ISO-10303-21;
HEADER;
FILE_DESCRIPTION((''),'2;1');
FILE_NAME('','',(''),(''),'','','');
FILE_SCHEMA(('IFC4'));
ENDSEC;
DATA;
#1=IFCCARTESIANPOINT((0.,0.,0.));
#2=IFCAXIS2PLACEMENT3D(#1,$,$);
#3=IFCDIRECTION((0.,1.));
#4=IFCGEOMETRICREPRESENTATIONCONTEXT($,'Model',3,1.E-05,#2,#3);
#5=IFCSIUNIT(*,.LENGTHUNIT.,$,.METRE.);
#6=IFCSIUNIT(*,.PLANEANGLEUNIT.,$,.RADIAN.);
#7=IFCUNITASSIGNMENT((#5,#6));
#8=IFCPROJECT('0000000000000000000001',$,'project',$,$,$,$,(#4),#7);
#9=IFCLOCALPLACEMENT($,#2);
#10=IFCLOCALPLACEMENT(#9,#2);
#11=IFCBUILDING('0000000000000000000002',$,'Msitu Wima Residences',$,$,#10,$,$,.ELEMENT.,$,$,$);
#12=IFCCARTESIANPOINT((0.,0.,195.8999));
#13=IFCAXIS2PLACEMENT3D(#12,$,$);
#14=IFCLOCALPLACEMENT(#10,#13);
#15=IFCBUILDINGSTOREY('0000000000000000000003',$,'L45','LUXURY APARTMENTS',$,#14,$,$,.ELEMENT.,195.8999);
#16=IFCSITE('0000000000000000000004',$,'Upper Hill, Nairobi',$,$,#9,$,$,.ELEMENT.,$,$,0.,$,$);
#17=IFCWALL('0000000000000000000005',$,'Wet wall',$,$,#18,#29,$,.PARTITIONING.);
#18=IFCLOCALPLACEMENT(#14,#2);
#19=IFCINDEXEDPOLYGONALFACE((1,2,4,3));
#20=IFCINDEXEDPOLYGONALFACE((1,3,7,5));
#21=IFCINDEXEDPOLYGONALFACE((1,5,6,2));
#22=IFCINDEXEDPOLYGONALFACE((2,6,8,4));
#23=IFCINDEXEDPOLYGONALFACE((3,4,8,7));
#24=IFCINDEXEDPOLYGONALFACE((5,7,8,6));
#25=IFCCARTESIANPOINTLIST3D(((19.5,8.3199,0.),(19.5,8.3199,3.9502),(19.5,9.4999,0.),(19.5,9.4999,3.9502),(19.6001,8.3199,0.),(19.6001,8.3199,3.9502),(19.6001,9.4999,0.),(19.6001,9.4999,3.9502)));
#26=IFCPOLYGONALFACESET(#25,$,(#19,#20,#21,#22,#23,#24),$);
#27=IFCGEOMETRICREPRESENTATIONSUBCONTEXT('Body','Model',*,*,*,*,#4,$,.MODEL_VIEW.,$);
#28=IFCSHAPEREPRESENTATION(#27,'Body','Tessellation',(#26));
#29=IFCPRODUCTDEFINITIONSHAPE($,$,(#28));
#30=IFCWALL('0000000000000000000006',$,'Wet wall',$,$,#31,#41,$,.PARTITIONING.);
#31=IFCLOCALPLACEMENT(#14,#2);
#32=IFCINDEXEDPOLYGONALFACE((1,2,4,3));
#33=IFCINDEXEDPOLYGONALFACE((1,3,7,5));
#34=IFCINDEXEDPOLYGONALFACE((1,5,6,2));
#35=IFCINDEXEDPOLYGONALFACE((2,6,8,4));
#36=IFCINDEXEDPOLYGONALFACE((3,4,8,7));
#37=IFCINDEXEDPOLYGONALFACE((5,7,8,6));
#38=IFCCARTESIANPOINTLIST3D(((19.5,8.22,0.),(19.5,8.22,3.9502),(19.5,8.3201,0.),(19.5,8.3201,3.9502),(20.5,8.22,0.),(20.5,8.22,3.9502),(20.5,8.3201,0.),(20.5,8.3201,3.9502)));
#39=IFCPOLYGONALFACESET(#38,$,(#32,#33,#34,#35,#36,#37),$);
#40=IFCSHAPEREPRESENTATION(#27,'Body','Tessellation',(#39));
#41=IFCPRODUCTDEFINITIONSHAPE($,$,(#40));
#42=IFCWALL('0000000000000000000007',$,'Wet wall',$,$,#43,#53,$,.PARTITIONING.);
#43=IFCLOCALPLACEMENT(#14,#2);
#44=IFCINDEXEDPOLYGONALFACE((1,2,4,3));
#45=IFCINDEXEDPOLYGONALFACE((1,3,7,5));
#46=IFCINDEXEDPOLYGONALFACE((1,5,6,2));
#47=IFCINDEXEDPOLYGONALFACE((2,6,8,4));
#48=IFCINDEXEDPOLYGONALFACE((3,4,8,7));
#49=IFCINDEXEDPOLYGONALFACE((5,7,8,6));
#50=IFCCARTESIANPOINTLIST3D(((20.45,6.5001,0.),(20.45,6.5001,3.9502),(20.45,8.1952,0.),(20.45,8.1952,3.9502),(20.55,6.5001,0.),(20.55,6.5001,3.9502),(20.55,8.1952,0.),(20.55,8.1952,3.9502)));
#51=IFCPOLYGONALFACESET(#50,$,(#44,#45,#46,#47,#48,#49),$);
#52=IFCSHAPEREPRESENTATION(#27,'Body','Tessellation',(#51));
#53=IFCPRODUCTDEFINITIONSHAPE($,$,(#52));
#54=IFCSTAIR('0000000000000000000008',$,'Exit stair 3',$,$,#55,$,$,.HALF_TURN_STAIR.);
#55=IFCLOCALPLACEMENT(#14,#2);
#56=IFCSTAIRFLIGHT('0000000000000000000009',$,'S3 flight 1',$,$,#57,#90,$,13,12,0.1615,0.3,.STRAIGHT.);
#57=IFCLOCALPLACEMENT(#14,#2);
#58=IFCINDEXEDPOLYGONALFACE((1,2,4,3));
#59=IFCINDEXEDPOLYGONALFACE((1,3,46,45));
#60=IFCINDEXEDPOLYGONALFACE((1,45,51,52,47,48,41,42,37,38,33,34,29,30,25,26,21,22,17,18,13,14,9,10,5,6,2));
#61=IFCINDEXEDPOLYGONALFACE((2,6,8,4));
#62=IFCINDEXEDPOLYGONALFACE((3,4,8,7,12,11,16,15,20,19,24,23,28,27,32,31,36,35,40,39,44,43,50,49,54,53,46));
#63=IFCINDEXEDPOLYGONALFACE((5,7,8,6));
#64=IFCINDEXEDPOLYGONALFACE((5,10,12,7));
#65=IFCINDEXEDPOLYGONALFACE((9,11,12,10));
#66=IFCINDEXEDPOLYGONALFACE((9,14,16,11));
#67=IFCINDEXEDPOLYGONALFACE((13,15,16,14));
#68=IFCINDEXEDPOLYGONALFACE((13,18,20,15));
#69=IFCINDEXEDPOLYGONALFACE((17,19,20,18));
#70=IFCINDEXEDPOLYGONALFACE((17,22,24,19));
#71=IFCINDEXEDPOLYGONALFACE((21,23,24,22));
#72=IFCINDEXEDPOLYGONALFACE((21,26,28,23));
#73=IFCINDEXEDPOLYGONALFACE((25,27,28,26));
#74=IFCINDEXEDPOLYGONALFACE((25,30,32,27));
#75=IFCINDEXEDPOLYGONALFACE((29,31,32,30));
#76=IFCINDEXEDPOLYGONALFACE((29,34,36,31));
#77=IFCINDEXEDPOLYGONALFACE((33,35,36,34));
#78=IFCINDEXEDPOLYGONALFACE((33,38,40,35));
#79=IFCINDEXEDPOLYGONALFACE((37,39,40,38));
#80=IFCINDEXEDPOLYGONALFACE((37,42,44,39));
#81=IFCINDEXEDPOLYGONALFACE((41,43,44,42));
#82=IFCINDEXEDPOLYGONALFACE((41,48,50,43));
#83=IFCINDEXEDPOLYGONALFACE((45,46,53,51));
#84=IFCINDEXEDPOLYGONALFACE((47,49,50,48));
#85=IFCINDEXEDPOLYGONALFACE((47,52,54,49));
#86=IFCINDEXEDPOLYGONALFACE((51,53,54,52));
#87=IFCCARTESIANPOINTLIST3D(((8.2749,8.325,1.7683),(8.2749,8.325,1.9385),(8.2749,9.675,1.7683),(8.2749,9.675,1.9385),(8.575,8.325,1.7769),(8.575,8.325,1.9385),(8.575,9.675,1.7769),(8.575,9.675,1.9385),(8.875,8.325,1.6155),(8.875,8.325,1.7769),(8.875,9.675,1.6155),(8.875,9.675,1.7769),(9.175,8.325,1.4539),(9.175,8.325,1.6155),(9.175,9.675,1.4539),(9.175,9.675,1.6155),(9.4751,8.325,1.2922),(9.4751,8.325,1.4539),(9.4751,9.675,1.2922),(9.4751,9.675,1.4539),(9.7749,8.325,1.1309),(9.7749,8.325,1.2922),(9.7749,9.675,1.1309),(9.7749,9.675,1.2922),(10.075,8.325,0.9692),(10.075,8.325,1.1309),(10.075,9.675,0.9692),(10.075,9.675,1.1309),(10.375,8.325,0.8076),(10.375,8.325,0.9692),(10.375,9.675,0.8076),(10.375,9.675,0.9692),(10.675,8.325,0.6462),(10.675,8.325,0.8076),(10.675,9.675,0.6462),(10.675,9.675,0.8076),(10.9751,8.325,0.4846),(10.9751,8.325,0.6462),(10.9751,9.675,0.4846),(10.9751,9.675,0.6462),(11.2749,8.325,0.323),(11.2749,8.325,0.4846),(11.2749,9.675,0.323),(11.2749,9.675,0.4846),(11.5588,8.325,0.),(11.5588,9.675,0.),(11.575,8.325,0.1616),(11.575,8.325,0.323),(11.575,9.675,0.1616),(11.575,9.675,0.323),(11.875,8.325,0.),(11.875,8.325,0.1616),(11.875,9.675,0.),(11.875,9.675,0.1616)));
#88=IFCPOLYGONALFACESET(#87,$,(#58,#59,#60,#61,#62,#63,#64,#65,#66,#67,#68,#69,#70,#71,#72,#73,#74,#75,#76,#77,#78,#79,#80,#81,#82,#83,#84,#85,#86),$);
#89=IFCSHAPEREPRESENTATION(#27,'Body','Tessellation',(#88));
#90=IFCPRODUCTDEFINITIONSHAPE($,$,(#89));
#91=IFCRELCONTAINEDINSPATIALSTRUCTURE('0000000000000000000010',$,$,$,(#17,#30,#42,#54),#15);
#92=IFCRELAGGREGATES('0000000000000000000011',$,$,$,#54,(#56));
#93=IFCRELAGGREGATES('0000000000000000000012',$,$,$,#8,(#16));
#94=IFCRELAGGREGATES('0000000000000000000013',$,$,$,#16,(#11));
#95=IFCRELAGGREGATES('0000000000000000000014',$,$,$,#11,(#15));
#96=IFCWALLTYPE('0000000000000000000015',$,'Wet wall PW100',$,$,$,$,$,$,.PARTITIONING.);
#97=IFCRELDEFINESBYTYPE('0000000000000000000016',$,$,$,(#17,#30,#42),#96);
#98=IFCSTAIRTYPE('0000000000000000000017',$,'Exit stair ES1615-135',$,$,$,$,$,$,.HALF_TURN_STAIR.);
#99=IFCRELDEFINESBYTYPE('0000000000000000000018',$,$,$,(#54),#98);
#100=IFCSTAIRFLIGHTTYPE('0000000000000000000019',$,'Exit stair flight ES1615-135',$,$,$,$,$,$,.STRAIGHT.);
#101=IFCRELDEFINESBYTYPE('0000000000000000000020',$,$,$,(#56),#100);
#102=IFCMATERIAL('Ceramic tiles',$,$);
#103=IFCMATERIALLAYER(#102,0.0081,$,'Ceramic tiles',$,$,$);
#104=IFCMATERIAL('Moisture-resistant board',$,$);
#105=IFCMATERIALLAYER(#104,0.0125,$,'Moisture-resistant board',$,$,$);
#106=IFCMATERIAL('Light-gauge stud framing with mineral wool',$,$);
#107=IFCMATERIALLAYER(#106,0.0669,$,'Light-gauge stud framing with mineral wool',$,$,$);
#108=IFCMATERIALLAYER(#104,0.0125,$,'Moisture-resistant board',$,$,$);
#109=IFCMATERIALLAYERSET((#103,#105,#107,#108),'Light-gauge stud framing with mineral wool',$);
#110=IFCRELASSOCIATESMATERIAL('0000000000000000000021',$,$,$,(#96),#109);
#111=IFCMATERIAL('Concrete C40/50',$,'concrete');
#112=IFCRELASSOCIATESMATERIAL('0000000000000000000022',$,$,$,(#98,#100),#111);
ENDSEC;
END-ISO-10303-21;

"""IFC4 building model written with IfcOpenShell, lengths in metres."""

from ifc_helpers import new_model, si_unit, direction, frame, frame_2d, origin, place, context, subcontext, project, spatial, polyline, rectangle, outline, extrude, material, layer, layer_set, type_object, element, aggregate, save


model = new_model("IFC4")

# Units and contexts
model_context = context("Model", 3, precision=1e-05, world=origin(), true_north=direction((0.0, 1.0)))
body_context = subcontext(model_context, "Body", "Model", "MODEL_VIEW")
ifc_project = project(units=[si_unit("LENGTHUNIT", "METRE"), si_unit("PLANEANGLEUNIT", "RADIAN")], contexts=[model_context])

# Site, building, storey
site_placement = place(None, origin())
site = spatial("IfcSite", under=ifc_project, at=site_placement, Name="Upper Hill, Nairobi", CompositionType="ELEMENT", RefElevation=0.0)
building_placement = place(site_placement, origin())
building = spatial("IfcBuilding", under=site, at=building_placement, Name="Msitu Wima Residences", CompositionType="ELEMENT")
storey_placement = place(building_placement, frame((0.0, 0.0, 195.8999)))
storey = spatial("IfcBuildingStorey", under=building, at=storey_placement, Name="L45", Description="LUXURY APARTMENTS", CompositionType="ELEMENT", Elevation=195.8999)

# Shared definitions
ifc_material_1 = material(Name="Ceramic tiles")
ifc_layer_1 = layer(ifc_material_1, 0.0081, Name="Ceramic tiles")
ifc_material_2 = material(Name="Moisture-resistant board")
ifc_layer_2 = layer(ifc_material_2, 0.0125, Name="Moisture-resistant board")
ifc_material_3 = material(Name="Light-gauge stud framing with mineral wool")
ifc_layer_3 = layer(ifc_material_3, 0.0669, Name="Light-gauge stud framing with mineral wool")
ifc_layer_4 = layer(ifc_material_2, 0.0125, Name="Moisture-resistant board")
ifc_layer_set_1 = layer_set([ifc_layer_1, ifc_layer_2, ifc_layer_3, ifc_layer_4], Name="Light-gauge stud framing with mineral wool")
wall_type_1 = type_object("IfcWallType", Name="Wet wall PW100", PredefinedType="PARTITIONING", material=ifc_layer_set_1)

# Walls
wall_1_placement = place(storey_placement, frame((19.55, 8.3201, 0.0), z_axis=(0.0, 0.0, 1.0), x_axis=(0.0, 1.0, 0.0)))
element("IfcWall", 1, at=wall_1_placement, inside=storey, type_object=wall_type_1, Name="Wet wall", PredefinedType="PARTITIONING", context=body_context, shape_type="SweptSolid", body=[
    extrude(rectangle(XDim=1.1799, YDim=0.1001, at=frame_2d((0.5898, 0.0))), origin(), (0.0, 0.0, 1.0), 3.9502),
])
wall_2_placement = place(storey_placement, frame((19.5, 8.27, 0.0), z_axis=(0.0, 0.0, 1.0), x_axis=(1.0, 0.0, 0.0)))
element("IfcWall", 2, at=wall_2_placement, inside=storey, type_object=wall_type_1, Name="Wet wall", PredefinedType="PARTITIONING", context=body_context, shape_type="SweptSolid", body=[
    extrude(rectangle(XDim=1.0, YDim=0.1001, at=frame_2d((0.5, 0.0))), origin(), (0.0, 0.0, 1.0), 3.9502),
])
wall_3_placement = place(storey_placement, frame((20.5, 6.5, 0.0), z_axis=(0.0, 0.0, 1.0), x_axis=(0.0, 1.0, 0.0)))
element("IfcWall", 3, at=wall_3_placement, inside=storey, type_object=wall_type_1, Name="Wet wall", PredefinedType="PARTITIONING", context=body_context, shape_type="SweptSolid", body=[
    extrude(rectangle(XDim=1.6951, YDim=0.1001, at=frame_2d((0.8477, 0.0))), origin(), (0.0, 0.0, 1.0), 3.9502),
])

# Stair, stair flight
ifc_material_4 = material(Name="Concrete C40/50", Category="concrete")
stair_type = type_object("IfcStairType", Name="Exit stair ES1615-135", PredefinedType="HALF_TURN_STAIR", material=ifc_material_4)
stair_placement = place(storey_placement, origin())
stair = element("IfcStair", 4, at=stair_placement, inside=storey, type_object=stair_type, Name="Exit stair 3", PredefinedType="HALF_TURN_STAIR")
stair_flight_type = type_object("IfcStairFlightType", Name="Exit stair flight ES1615-135", PredefinedType="STRAIGHT", material=ifc_material_4)
stair_flight_placement = place(storey_placement, frame((11.875, 9.0, 0.0), z_axis=(0.0, 0.0, 1.0), x_axis=(-1.0, 0.0, 0.0)))
stair_flight = element("IfcStairFlight", 5, at=stair_flight_placement, type_object=stair_flight_type, Name="S3 flight 1", NumberOfRisers=13, NumberOfTreads=12, PredefinedType="STRAIGHT", RiserHeight=0.1615, TreadLength=0.3, context=body_context, shape_type="SweptSolid", body=[
    extrude(outline(polyline([(0.0, 0.0), (0.0, 0.1616), (0.3, 0.1616), (0.3, 0.323), (0.6001, 0.323), (0.6001, 0.4846), (0.8999, 0.4846), (0.8999, 0.6462), (1.2, 0.6462), (1.2, 0.8076), (1.5, 0.8076), (1.5, 0.9692), (1.8, 0.9692), (1.8, 1.1309), (2.1001, 1.1309), (2.1001, 1.2922), (2.3999, 1.2922), (2.3999, 1.4539), (2.7, 1.4539), (2.7, 1.6155), (3.0, 1.6155), (3.0, 1.7769), (3.3, 1.7769), (3.3, 1.9385), (3.6001, 1.9385), (3.6001, 2.1001), (3.6001, 1.7683), (0.3162, 0.0), (0.0, 0.0)])), frame((0.0, 0.675, 0.0), z_axis=(0.0, -1.0, 0.0), x_axis=(1.0, 0.0, 0.0)), (0.0, 0.0, 1.0), 1.3501),
])
aggregate(stair, [stair_flight])

save(model, "model.ifc")
